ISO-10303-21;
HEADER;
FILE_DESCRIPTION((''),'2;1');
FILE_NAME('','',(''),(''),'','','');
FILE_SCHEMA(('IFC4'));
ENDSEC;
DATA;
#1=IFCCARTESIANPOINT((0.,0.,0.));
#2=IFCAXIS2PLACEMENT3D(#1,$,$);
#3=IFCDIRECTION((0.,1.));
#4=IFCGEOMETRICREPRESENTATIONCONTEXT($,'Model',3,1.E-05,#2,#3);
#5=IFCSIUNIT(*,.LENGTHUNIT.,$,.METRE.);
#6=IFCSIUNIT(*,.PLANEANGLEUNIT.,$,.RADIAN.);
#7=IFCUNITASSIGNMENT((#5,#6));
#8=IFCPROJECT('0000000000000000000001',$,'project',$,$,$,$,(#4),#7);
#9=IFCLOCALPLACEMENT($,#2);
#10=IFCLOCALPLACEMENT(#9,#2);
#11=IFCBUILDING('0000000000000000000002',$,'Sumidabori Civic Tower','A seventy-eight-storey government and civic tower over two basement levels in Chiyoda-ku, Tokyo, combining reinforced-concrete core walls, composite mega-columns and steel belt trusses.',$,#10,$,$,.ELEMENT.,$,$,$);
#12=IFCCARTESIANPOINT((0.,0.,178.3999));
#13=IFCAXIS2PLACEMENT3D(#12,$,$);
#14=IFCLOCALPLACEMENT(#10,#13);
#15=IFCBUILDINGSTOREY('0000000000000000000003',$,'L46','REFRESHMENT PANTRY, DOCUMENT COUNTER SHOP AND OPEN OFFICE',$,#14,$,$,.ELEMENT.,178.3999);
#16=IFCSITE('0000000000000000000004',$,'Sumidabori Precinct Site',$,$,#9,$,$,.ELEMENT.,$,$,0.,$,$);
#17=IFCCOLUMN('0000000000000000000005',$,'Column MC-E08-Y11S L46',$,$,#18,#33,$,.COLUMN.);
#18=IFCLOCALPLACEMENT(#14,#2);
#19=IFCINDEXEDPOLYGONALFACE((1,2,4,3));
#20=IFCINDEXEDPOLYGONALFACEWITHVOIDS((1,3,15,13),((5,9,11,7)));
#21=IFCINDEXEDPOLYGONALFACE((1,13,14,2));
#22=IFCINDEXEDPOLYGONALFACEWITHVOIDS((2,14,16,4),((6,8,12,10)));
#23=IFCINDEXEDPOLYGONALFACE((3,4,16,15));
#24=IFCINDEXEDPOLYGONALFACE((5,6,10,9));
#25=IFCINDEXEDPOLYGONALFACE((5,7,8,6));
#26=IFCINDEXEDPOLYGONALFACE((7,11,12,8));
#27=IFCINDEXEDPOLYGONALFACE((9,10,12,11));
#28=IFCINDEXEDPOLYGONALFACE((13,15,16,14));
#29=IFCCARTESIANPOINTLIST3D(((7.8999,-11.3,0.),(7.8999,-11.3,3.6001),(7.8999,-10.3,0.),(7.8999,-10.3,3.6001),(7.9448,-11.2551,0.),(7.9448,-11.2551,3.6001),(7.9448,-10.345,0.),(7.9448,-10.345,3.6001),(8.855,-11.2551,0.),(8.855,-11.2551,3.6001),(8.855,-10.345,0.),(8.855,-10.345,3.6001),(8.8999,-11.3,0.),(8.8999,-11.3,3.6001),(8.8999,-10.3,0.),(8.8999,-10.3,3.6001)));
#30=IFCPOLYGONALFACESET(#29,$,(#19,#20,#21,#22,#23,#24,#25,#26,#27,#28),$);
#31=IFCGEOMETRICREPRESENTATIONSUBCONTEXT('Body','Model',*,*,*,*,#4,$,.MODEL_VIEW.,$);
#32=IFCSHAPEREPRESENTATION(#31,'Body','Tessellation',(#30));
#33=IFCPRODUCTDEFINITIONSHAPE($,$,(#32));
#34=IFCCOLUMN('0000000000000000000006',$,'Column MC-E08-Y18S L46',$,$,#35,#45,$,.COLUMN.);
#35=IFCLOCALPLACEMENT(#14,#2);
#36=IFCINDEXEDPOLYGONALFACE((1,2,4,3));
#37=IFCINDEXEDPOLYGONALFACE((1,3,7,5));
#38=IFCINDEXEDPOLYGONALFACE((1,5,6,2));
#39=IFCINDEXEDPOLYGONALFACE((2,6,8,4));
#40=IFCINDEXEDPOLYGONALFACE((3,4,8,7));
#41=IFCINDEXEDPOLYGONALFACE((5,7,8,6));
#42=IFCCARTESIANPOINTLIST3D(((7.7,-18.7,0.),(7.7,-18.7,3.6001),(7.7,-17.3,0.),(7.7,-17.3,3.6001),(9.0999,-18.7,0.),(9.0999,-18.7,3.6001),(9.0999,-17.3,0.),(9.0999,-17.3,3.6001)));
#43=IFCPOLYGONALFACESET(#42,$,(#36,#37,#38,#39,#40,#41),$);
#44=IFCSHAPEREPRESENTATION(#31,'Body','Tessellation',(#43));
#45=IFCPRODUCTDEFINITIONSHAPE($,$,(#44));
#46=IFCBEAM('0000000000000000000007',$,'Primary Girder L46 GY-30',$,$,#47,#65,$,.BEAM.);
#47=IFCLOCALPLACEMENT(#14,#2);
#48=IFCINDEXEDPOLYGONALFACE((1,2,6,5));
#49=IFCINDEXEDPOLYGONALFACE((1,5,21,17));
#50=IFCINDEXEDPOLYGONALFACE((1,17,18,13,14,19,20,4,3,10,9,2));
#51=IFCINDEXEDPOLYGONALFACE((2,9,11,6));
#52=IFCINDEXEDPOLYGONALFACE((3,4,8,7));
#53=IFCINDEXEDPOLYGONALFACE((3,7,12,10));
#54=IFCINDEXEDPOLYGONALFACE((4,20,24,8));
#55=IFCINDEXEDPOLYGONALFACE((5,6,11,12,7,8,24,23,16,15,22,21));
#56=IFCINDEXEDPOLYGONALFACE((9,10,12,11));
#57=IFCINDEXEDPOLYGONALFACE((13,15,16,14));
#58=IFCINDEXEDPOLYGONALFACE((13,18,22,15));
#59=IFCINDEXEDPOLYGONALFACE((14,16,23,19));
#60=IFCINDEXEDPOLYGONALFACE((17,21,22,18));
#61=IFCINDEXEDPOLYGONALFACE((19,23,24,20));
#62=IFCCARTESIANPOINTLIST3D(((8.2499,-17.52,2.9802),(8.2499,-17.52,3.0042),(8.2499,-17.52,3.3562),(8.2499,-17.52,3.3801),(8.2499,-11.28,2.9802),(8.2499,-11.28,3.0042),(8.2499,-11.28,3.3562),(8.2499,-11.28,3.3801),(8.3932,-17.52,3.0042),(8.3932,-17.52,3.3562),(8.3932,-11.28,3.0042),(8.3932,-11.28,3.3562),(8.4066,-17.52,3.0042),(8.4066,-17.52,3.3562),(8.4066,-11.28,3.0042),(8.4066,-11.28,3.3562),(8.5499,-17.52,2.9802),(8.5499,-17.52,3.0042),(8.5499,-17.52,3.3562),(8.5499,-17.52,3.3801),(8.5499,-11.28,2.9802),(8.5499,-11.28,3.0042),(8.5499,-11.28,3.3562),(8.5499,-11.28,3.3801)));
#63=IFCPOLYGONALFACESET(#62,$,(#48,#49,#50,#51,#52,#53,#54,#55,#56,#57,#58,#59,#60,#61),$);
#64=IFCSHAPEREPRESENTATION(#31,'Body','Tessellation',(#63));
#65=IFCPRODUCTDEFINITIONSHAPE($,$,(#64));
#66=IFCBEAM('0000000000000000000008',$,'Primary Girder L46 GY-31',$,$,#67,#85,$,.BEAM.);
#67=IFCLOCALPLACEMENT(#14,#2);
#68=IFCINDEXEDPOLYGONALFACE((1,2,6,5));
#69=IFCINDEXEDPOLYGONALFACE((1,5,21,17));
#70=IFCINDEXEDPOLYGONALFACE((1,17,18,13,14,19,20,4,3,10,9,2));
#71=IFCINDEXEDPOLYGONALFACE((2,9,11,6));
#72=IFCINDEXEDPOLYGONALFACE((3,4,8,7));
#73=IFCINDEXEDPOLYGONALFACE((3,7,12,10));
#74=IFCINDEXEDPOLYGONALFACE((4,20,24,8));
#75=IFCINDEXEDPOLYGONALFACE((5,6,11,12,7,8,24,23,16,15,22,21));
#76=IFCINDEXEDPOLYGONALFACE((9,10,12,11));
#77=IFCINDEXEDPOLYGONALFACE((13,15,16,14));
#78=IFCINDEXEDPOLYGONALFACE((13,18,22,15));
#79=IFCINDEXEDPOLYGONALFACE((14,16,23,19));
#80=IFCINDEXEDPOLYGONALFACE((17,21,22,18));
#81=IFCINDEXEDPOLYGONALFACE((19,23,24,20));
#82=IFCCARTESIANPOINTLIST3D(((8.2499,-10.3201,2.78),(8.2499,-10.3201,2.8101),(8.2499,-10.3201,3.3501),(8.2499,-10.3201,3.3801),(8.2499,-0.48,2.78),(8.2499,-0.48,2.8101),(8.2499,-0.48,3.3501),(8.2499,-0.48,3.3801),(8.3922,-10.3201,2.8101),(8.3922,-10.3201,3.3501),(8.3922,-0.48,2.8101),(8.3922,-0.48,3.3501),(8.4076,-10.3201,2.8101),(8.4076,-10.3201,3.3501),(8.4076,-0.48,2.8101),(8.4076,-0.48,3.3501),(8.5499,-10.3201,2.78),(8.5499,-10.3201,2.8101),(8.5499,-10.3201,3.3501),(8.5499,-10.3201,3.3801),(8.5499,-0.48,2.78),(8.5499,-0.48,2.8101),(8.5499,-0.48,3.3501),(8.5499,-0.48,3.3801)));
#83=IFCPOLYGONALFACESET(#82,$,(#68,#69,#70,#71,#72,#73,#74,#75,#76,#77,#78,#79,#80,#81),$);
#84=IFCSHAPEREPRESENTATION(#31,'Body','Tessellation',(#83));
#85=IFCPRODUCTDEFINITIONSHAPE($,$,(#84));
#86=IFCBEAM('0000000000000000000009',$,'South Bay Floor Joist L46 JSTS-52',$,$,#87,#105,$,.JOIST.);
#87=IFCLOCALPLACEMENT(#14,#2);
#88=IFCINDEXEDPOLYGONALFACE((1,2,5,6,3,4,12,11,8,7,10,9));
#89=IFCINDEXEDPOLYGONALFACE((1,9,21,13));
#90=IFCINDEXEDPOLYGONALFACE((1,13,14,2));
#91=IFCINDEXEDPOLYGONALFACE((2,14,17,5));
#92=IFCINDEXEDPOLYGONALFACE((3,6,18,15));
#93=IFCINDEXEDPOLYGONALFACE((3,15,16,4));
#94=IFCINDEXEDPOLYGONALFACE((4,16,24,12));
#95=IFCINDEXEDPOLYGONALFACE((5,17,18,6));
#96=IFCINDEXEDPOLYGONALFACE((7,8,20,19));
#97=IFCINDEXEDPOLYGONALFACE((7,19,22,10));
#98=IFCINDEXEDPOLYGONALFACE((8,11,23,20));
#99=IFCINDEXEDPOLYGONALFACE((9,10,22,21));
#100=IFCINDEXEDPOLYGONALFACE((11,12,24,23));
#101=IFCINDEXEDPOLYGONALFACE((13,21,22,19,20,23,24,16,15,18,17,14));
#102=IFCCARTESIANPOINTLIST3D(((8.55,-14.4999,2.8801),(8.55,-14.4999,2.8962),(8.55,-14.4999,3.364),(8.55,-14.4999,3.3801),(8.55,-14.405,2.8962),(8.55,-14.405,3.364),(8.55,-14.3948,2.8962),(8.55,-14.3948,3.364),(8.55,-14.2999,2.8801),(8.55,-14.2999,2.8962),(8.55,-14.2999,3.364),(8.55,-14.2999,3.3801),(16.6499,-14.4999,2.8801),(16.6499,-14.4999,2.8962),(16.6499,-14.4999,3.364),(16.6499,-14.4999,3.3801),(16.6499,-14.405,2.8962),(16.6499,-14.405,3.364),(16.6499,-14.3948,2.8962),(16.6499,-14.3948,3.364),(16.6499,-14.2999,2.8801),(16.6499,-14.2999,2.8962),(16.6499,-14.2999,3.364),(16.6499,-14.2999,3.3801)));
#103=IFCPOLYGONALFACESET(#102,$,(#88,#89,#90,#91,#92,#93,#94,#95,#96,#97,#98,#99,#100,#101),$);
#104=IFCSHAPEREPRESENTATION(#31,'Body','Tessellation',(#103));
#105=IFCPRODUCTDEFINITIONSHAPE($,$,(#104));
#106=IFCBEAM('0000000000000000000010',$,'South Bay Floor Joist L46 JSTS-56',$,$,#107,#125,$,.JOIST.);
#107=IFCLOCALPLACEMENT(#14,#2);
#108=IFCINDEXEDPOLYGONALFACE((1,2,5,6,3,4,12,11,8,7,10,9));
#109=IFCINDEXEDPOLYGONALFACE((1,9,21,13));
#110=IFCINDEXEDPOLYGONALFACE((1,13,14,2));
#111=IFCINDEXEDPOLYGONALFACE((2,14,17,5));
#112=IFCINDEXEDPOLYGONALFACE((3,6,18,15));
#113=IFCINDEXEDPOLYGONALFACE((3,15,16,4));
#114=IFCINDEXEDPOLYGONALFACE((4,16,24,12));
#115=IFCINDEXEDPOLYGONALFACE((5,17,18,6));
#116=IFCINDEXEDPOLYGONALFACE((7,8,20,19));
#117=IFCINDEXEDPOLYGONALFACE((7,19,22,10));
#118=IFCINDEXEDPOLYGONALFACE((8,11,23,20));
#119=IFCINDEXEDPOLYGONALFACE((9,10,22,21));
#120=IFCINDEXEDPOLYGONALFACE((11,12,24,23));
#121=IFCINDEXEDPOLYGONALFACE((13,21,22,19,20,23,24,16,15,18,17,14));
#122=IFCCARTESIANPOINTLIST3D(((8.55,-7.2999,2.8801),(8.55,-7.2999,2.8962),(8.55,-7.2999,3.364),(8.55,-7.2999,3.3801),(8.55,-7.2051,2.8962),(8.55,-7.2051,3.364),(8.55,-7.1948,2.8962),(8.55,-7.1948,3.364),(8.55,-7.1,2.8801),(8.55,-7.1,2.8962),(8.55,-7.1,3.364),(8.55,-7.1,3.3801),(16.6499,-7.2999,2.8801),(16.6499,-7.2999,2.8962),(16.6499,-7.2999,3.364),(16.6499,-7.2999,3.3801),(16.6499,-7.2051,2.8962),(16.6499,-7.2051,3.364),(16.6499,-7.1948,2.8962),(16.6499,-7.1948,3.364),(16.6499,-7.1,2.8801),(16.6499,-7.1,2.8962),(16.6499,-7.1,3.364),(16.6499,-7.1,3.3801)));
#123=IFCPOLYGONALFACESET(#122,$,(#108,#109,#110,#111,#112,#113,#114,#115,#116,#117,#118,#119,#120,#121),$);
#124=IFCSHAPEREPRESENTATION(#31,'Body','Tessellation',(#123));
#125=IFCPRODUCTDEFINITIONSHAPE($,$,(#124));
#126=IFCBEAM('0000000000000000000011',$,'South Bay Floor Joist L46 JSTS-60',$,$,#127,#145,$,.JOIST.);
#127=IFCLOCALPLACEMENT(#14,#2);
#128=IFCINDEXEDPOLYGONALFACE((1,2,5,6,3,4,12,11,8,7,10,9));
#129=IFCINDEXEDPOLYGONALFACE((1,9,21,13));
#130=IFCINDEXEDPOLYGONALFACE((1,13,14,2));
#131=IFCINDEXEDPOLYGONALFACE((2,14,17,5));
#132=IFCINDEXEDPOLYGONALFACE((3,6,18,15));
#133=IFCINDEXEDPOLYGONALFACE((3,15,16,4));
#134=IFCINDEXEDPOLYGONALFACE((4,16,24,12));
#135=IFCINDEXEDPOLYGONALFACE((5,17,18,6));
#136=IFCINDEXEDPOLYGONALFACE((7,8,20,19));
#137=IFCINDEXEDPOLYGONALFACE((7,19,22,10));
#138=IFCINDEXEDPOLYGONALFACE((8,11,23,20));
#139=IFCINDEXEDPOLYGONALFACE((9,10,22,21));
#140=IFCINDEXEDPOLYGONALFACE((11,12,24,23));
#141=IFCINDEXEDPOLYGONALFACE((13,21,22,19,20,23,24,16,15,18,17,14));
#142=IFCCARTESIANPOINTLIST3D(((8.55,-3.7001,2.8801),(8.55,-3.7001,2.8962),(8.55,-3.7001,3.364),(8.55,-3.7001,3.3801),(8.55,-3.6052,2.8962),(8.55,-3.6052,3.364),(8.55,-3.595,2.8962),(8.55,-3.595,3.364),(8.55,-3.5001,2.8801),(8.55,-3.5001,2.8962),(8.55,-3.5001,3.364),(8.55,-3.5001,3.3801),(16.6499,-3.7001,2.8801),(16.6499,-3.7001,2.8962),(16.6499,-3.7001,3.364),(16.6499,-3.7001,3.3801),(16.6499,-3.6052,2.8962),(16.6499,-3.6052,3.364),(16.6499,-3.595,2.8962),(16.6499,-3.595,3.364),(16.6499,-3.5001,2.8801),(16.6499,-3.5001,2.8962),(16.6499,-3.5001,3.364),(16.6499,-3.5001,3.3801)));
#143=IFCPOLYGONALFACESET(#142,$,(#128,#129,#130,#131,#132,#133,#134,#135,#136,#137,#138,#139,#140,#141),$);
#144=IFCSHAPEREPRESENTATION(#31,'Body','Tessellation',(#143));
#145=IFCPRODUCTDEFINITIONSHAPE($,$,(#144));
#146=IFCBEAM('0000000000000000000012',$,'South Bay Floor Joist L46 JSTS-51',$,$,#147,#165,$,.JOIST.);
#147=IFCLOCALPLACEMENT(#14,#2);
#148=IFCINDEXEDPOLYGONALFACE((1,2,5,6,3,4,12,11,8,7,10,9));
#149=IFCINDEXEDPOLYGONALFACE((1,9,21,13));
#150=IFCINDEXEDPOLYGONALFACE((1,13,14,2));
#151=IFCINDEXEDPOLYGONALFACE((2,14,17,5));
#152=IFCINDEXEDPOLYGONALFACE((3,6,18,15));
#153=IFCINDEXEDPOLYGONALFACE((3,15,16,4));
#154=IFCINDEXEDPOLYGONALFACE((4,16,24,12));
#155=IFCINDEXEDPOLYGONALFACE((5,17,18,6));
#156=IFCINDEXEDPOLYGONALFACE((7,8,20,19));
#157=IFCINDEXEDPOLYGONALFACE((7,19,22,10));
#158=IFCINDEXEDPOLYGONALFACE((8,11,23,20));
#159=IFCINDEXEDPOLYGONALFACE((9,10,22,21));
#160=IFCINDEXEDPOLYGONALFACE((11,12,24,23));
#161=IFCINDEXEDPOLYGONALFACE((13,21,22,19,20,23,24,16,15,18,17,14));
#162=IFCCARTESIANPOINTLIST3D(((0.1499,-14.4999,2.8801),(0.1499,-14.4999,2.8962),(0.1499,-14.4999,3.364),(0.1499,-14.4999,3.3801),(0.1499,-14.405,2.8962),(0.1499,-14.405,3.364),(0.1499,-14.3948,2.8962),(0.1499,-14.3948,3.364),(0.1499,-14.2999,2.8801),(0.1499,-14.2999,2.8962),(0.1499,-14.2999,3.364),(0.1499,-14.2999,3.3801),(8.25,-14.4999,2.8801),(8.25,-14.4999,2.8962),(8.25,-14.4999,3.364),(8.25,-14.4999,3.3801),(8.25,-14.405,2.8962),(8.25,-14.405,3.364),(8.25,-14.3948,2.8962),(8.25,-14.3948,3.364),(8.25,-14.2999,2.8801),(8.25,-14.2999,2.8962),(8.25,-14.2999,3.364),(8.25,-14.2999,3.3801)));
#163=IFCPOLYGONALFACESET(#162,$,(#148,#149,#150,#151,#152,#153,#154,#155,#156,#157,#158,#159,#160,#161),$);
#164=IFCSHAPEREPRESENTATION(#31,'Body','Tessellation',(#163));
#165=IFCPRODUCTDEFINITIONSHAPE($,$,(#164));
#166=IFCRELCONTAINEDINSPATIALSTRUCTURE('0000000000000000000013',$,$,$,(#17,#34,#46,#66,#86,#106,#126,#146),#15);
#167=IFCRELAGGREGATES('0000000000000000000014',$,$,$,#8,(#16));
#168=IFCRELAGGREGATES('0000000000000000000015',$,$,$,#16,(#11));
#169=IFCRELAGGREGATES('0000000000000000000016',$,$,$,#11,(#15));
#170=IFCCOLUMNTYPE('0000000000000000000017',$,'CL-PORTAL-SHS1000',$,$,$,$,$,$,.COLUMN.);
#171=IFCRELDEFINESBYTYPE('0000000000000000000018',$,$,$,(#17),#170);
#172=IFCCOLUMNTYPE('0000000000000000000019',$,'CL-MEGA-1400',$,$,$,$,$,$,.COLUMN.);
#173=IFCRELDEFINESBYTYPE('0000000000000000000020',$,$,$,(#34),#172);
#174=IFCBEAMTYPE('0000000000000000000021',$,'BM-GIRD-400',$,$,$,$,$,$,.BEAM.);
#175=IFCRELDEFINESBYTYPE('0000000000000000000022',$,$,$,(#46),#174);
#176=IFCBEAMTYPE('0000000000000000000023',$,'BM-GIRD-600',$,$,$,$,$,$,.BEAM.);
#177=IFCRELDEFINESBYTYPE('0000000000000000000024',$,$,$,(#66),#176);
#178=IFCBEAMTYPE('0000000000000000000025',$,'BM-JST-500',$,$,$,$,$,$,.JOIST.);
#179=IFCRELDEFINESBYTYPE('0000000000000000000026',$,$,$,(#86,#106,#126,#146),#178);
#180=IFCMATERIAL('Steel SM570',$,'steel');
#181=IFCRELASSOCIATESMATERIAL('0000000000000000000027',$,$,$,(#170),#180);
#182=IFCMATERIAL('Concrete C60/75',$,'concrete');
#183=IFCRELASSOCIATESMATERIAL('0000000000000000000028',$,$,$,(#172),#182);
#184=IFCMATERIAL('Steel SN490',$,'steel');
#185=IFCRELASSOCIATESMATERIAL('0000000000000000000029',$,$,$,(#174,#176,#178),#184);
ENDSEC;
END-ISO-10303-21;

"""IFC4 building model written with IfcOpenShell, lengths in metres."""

from ifc_helpers import new_model, si_unit, direction, frame, origin, origin_2d, place, context, subcontext, project, spatial, rectangle, hollow_rectangle, i_section, extrude, source, transform, mapped, material, material_profile, profile_set, type_object, element, save


model = new_model("IFC4")

# Units and contexts
model_context = context("Model", 3, precision=1e-05, world=origin(), true_north=direction((0.0, 1.0)))
body_context = subcontext(model_context, "Body", "Model", "MODEL_VIEW")
ifc_project = project(units=[si_unit("LENGTHUNIT", "METRE"), si_unit("PLANEANGLEUNIT", "RADIAN")], contexts=[model_context])

# Site, building, storey
site_placement = place(None, origin())
site = spatial("IfcSite", under=ifc_project, at=site_placement, Name="Sumidabori Precinct Site", CompositionType="ELEMENT", RefElevation=0.0)
building_placement = place(site_placement, origin())
building = spatial("IfcBuilding", under=site, at=building_placement, Name="Sumidabori Civic Tower", Description="A seventy-eight-storey government and civic tower over two basement levels in Chiyoda-ku, Tokyo, combining reinforced-concrete core walls, composite mega-columns and steel belt trusses.", CompositionType="ELEMENT")
storey_placement = place(building_placement, frame((0.0, 0.0, 178.3999)))
storey = spatial("IfcBuildingStorey", under=building, at=storey_placement, Name="L46", Description="REFRESHMENT PANTRY, DOCUMENT COUNTER SHOP AND OPEN OFFICE", CompositionType="ELEMENT", Elevation=178.3999)

# Columns
ifc_material_1 = material(Name="Steel SM570", Category="steel")
ifc_material_profile_1 = material_profile(ifc_material_1, hollow_rectangle(XDim=1.0, YDim=1.0, WallThickness=0.0449, at=origin_2d()), Name="SHS 1000x1000x45")
ifc_profile_set_1 = profile_set([ifc_material_profile_1], Name="Steel SM570")
column_type_1 = type_object("IfcColumnType", Name="CL-PORTAL-SHS1000", PredefinedType="COLUMN", material=ifc_profile_set_1)
shared_shape_1 = source(origin(), body_context, "Body", "SweptSolid", [
    extrude(hollow_rectangle(XDim=1.0, YDim=1.0, WallThickness=0.0449, at=origin_2d()), origin(), (0.0, 0.0, 1.0), 3.6001),
])
column_1_placement = place(storey_placement, frame((8.3999, -10.8, 0.0), z_axis=(0.0, 0.0, 1.0), x_axis=(1.0, 0.0, 0.0)))
element("IfcColumn", 1, at=column_1_placement, inside=storey, type_object=column_type_1, Name="Column MC-E08-Y11S L46", PredefinedType="COLUMN", context=body_context, shape_type="MappedRepresentation", body=[
    mapped(shared_shape_1, transform((0.0, 0.0, 0.0), x_axis=(1.0, 0.0, 0.0), y_axis=(0.0, 1.0, 0.0), z_axis=(0.0, 0.0, 1.0), scale=1.0)),
])
ifc_material_2 = material(Name="Concrete C60/75", Category="concrete")
ifc_material_profile_2 = material_profile(ifc_material_2, rectangle(XDim=1.3999, YDim=1.3999, at=origin_2d()), Name="RC 1400x1400")
ifc_profile_set_2 = profile_set([ifc_material_profile_2], Name="Concrete C60/75")
column_type_2 = type_object("IfcColumnType", Name="CL-MEGA-1400", PredefinedType="COLUMN", material=ifc_profile_set_2)
shared_shape_2 = source(origin(), body_context, "Body", "SweptSolid", [
    extrude(rectangle(XDim=1.3999, YDim=1.3999, at=origin_2d()), origin(), (0.0, 0.0, 1.0), 3.6001),
])
column_2_placement = place(storey_placement, frame((8.3999, -18.0, 0.0), z_axis=(0.0, 0.0, 1.0), x_axis=(1.0, 0.0, 0.0)))
element("IfcColumn", 2, at=column_2_placement, inside=storey, type_object=column_type_2, Name="Column MC-E08-Y18S L46", PredefinedType="COLUMN", context=body_context, shape_type="MappedRepresentation", body=[
    mapped(shared_shape_2, transform((0.0, 0.0, 0.0), x_axis=(1.0, 0.0, 0.0), y_axis=(0.0, 1.0, 0.0), z_axis=(0.0, 0.0, 1.0), scale=1.0)),
])

# Beams
ifc_material_3 = material(Name="Steel SN490", Category="steel")
ifc_material_profile_3 = material_profile(ifc_material_3, i_section(OverallWidth=0.3, OverallDepth=0.3999, WebThickness=0.0134, FlangeThickness=0.0239, at=origin_2d()), Name="HE 400 B")
ifc_profile_set_3 = profile_set([ifc_material_profile_3], Name="Steel SN490")
beam_type_1 = type_object("IfcBeamType", Name="BM-GIRD-400", PredefinedType="BEAM", material=ifc_profile_set_3)
shared_shape_3 = source(origin(), body_context, "Body", "SweptSolid", [
    extrude(i_section(OverallWidth=0.3, OverallDepth=0.3999, WebThickness=0.0134, FlangeThickness=0.0239, at=origin_2d()), origin(), (0.0, 0.0, 1.0), 6.24),
])
beam_1_placement = place(storey_placement, frame((8.3999, -17.52, 3.1802), z_axis=(0.0, 1.0, 0.0), x_axis=(-1.0, 0.0, 0.0)))
element("IfcBeam", 3, at=beam_1_placement, inside=storey, type_object=beam_type_1, Name="Primary Girder L46 GY-30", PredefinedType="BEAM", context=body_context, shape_type="MappedRepresentation", body=[
    mapped(shared_shape_3, transform((0.0, 0.0, 0.0), x_axis=(1.0, 0.0, 0.0), y_axis=(0.0, 1.0, 0.0), z_axis=(0.0, 0.0, 1.0), scale=1.0)),
])
ifc_material_profile_4 = material_profile(ifc_material_3, i_section(OverallWidth=0.3, OverallDepth=0.6001, WebThickness=0.0154, FlangeThickness=0.03, at=origin_2d()), Name="HE 600 B")
ifc_profile_set_4 = profile_set([ifc_material_profile_4], Name="Steel SN490")
beam_type_2 = type_object("IfcBeamType", Name="BM-GIRD-600", PredefinedType="BEAM", material=ifc_profile_set_4)
shared_shape_4 = source(origin(), body_context, "Body", "SweptSolid", [
    extrude(i_section(OverallWidth=0.3, OverallDepth=0.6001, WebThickness=0.0154, FlangeThickness=0.03, at=origin_2d()), origin(), (0.0, 0.0, 1.0), 9.8401),
])
beam_2_placement = place(storey_placement, frame((8.3999, -10.3201, 3.0801), z_axis=(0.0, 1.0, 0.0), x_axis=(-1.0, 0.0, 0.0)))
element("IfcBeam", 4, at=beam_2_placement, inside=storey, type_object=beam_type_2, Name="Primary Girder L46 GY-31", PredefinedType="BEAM", context=body_context, shape_type="MappedRepresentation", body=[
    mapped(shared_shape_4, transform((0.0, 0.0, 0.0), x_axis=(1.0, 0.0, 0.0), y_axis=(0.0, 1.0, 0.0), z_axis=(0.0, 0.0, 1.0), scale=1.0)),
])
ifc_material_profile_5 = material_profile(ifc_material_3, i_section(OverallWidth=0.2, OverallDepth=0.5, WebThickness=0.0103, FlangeThickness=0.0161, at=origin_2d()), Name="IPE 500")
ifc_profile_set_5 = profile_set([ifc_material_profile_5], Name="Steel SN490")
beam_type_3 = type_object("IfcBeamType", Name="BM-JST-500", PredefinedType="JOIST", material=ifc_profile_set_5)
shared_shape_5 = source(origin(), body_context, "Body", "SweptSolid", [
    extrude(i_section(OverallWidth=0.2, OverallDepth=0.5, WebThickness=0.0103, FlangeThickness=0.0161, at=origin_2d()), origin(), (0.0, 0.0, 1.0), 8.0999),
])
for number, where, z_axis, x_axis, name in (
    (5, (8.55, -14.3999, 3.1301), (1.0, 0.0, 0.0), (0.0, 1.0, 0.0), "South Bay Floor Joist L46 JSTS-52"),
    (6, (8.55, -7.2, 3.1301), (1.0, 0.0, 0.0), (0.0, 1.0, 0.0), "South Bay Floor Joist L46 JSTS-56"),
    (7, (8.55, -3.6001, 3.1301), (1.0, 0.0, 0.0), (0.0, 1.0, 0.0), "South Bay Floor Joist L46 JSTS-60"),
):
    element("IfcBeam", number, at=place(storey_placement, frame(where, z_axis=z_axis, x_axis=x_axis)), inside=storey, type_object=beam_type_3, Name=name, PredefinedType="JOIST", context=body_context, shape_type="MappedRepresentation", body=[
        mapped(shared_shape_5, transform((0.0, 0.0, 0.0), x_axis=(1.0, 0.0, 0.0), y_axis=(0.0, 1.0, 0.0), z_axis=(0.0, 0.0, 1.0), scale=1.0)),
    ])
shared_shape_6 = source(origin(), body_context, "Body", "SweptSolid", [
    extrude(i_section(OverallWidth=0.2, OverallDepth=0.5, WebThickness=0.0103, FlangeThickness=0.0161, at=origin_2d()), origin(), (0.0, 0.0, 1.0), 8.1001),
])
for number, where, z_axis, x_axis, name in (
    (8, (0.1499, -14.3999, 3.1301), (1.0, 0.0, 0.0), (0.0, 1.0, 0.0), "South Bay Floor Joist L46 JSTS-51"),
):
    element("IfcBeam", number, at=place(storey_placement, frame(where, z_axis=z_axis, x_axis=x_axis)), inside=storey, type_object=beam_type_3, Name=name, PredefinedType="JOIST", context=body_context, shape_type="MappedRepresentation", body=[
        mapped(shared_shape_6, transform((0.0, 0.0, 0.0), x_axis=(1.0, 0.0, 0.0), y_axis=(0.0, 1.0, 0.0), z_axis=(0.0, 0.0, 1.0), scale=1.0)),
    ])

save(model, "model.ifc")
